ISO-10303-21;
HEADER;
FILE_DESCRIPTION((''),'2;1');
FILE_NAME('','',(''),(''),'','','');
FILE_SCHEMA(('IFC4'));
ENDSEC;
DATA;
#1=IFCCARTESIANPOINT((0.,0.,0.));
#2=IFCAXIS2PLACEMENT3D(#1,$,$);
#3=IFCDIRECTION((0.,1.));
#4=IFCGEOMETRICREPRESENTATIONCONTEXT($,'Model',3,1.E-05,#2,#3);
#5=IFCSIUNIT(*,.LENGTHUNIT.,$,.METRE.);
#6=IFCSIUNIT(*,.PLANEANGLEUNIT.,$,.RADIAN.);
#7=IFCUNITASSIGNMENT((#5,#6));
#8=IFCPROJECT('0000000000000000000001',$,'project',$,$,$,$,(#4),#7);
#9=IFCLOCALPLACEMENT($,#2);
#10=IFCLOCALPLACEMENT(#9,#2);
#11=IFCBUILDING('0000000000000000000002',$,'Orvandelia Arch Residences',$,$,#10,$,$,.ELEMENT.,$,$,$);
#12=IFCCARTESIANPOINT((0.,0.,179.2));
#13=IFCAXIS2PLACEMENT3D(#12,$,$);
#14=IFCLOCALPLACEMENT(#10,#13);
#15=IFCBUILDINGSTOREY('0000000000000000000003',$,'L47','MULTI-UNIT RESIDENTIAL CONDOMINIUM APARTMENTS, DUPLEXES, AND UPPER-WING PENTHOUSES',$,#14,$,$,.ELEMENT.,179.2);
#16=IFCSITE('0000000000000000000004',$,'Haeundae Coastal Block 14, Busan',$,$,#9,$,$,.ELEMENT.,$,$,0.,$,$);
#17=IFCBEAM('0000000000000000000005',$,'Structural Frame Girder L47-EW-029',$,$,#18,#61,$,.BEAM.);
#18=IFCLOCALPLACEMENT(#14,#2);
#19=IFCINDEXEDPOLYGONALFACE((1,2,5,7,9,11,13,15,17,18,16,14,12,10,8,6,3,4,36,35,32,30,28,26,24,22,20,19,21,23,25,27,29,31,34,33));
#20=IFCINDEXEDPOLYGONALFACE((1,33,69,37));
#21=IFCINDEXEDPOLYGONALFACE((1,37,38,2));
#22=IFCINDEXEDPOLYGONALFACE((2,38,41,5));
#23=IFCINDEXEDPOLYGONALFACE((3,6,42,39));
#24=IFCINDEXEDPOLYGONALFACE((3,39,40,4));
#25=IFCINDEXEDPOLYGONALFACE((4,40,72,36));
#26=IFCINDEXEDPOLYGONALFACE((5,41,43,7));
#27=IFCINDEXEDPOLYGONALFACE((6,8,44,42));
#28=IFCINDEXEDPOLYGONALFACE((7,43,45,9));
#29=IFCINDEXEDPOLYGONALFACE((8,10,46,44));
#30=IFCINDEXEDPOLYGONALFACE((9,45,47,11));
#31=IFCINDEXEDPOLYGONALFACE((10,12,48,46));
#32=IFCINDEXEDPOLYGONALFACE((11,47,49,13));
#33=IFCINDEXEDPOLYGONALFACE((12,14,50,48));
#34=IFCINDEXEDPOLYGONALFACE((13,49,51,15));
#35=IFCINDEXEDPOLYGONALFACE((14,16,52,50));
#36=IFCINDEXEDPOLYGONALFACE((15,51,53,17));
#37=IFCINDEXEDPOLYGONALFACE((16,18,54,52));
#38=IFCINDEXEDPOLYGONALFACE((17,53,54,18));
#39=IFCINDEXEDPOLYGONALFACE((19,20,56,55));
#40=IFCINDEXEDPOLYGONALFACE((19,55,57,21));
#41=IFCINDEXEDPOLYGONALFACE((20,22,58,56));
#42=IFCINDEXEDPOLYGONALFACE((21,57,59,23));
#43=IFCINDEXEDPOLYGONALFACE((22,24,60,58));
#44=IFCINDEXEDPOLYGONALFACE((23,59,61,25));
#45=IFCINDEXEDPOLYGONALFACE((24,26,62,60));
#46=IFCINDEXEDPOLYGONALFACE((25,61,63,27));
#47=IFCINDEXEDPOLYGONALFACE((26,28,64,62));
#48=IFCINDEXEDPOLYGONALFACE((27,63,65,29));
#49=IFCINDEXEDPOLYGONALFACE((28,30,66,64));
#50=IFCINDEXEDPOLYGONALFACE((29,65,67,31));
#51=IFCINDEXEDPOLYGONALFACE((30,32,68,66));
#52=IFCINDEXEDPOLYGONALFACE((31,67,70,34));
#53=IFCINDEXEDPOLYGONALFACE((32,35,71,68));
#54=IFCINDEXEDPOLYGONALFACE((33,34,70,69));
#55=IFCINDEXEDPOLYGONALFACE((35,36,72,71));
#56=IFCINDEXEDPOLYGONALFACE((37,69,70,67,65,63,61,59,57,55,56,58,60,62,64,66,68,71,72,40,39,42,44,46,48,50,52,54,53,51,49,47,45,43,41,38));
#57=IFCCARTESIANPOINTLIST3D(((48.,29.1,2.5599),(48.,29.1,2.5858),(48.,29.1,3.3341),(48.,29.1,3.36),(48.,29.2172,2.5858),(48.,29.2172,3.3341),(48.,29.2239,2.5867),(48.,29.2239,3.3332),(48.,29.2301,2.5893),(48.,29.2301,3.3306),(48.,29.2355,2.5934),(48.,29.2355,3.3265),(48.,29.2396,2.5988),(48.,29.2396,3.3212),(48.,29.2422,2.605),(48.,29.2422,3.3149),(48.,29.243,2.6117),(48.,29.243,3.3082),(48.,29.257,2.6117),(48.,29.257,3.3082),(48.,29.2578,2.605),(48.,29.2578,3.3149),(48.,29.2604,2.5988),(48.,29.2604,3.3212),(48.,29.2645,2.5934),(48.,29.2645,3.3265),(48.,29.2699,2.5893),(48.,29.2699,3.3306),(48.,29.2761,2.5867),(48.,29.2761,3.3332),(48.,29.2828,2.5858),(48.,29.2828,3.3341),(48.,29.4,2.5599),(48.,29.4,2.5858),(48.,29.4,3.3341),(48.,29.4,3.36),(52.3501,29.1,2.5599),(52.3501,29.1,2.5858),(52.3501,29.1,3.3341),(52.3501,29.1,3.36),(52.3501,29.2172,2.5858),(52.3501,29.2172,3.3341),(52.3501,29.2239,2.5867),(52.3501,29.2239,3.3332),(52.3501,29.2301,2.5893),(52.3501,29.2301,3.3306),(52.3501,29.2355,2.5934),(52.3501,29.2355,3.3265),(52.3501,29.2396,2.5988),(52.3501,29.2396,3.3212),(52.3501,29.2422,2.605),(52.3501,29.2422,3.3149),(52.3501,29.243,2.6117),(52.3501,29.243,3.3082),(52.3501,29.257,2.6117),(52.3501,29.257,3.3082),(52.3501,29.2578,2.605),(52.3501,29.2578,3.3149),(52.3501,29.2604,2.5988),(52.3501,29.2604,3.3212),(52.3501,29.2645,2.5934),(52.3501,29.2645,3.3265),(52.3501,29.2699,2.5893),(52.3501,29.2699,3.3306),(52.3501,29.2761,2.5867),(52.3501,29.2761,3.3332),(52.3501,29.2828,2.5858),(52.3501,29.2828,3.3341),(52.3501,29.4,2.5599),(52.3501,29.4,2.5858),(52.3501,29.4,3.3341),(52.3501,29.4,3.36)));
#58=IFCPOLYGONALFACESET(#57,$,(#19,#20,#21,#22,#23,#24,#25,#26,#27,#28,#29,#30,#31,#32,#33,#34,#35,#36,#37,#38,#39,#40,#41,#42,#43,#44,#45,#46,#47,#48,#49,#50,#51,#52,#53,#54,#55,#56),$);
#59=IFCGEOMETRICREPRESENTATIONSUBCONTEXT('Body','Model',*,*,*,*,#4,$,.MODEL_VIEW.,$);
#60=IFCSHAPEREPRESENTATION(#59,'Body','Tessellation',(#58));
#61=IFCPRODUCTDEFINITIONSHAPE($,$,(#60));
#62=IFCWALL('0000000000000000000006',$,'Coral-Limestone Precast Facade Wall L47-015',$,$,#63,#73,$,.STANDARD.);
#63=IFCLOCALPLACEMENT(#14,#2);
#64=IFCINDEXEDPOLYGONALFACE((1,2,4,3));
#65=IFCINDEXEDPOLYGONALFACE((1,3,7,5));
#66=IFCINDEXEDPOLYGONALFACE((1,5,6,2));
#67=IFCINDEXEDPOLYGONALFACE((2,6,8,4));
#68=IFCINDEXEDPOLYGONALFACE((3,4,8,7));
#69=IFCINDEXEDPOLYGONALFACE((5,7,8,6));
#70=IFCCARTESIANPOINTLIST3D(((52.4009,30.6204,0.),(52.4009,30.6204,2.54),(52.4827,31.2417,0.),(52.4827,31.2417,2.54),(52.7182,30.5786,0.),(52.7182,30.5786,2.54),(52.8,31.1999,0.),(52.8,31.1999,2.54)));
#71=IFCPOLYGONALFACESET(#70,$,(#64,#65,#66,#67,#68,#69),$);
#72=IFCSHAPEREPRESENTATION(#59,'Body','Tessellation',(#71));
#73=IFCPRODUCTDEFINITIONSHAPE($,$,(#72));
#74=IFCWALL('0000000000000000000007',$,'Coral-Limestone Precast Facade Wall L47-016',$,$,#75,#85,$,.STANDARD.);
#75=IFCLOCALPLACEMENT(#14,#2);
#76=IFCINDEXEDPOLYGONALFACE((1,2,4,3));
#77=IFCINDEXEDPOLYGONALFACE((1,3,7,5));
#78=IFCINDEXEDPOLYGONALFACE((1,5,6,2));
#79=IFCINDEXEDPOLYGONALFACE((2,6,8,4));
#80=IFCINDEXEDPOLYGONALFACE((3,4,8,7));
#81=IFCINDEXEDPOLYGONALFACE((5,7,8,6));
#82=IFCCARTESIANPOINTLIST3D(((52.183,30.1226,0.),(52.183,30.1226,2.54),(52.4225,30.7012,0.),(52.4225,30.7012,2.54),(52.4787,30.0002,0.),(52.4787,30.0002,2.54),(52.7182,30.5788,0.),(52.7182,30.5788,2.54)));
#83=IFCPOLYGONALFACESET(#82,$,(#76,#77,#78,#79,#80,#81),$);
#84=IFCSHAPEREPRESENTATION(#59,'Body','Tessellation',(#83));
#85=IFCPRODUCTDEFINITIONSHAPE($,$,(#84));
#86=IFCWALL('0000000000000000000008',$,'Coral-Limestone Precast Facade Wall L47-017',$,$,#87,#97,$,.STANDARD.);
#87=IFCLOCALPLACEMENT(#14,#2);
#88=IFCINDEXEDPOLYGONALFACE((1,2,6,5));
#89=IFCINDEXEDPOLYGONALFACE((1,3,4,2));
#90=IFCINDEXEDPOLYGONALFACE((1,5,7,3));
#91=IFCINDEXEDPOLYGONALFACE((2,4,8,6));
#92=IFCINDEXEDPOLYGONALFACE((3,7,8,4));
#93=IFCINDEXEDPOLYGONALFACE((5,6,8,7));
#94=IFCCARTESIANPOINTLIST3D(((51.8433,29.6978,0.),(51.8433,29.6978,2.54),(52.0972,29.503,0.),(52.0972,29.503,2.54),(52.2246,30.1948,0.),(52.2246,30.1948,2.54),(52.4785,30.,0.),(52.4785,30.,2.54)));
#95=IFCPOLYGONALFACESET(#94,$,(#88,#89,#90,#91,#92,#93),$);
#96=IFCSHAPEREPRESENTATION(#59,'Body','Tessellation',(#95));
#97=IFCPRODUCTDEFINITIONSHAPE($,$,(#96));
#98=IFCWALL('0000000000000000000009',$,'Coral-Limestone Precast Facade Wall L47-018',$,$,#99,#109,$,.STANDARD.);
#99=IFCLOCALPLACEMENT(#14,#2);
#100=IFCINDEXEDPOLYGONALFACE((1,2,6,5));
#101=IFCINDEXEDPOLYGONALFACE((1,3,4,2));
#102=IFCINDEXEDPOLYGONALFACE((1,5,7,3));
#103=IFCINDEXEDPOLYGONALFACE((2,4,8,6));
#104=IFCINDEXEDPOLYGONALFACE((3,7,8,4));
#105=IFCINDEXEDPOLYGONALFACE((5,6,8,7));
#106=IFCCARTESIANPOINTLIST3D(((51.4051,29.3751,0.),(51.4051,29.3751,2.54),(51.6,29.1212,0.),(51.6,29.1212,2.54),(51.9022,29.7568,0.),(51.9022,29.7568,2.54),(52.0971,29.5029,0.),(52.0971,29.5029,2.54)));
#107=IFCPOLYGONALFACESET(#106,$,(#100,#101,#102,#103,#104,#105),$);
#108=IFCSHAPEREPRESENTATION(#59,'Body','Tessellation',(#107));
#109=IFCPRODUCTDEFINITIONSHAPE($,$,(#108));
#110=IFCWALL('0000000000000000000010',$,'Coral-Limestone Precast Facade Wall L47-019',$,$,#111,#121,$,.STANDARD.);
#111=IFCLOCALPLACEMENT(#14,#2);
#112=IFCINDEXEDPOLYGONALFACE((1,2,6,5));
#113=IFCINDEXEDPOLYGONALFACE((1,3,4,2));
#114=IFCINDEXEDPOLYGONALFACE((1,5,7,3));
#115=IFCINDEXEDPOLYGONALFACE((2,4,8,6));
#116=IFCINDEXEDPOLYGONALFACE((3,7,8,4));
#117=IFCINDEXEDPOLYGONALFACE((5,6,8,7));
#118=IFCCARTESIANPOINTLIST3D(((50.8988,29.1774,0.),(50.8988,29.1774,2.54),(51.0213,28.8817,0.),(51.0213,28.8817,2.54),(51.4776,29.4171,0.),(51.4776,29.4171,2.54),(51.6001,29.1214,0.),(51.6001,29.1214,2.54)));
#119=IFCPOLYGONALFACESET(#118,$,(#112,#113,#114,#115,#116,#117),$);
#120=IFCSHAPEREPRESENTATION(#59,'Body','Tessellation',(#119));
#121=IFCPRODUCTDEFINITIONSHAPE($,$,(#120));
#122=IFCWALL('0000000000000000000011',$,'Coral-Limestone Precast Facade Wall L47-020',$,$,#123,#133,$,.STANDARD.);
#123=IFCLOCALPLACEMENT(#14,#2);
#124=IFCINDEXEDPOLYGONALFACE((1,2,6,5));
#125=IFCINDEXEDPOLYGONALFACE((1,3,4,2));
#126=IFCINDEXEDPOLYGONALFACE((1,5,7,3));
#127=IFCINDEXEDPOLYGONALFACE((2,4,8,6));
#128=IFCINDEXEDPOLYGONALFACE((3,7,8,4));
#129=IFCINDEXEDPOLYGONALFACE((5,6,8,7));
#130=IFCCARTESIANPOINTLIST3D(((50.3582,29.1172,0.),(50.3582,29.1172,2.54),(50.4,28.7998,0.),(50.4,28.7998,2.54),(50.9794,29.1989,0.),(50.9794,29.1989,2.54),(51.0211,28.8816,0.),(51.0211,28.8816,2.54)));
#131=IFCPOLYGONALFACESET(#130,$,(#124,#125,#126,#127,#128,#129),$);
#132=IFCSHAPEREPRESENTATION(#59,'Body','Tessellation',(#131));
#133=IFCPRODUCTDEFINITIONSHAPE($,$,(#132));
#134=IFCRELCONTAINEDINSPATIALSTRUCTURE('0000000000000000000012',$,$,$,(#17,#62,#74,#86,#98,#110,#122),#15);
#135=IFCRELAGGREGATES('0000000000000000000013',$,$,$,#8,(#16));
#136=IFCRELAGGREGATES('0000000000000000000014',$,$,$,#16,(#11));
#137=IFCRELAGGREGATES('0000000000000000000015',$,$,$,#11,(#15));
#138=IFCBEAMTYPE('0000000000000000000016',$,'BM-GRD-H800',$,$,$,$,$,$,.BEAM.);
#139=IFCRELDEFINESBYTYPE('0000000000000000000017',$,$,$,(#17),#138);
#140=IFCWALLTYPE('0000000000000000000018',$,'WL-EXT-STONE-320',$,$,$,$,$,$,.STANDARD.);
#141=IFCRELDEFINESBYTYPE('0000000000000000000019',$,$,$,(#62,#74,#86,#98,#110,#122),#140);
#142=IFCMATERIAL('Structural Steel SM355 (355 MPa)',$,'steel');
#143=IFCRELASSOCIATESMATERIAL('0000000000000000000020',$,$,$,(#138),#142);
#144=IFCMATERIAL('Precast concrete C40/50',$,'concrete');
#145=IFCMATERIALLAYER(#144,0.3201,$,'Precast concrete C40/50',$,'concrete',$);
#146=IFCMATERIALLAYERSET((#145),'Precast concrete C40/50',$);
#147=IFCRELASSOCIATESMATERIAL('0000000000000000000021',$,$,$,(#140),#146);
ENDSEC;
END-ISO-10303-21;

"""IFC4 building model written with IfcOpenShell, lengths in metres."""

from ifc_helpers import new_model, si_unit, direction, frame, frame_2d, origin, origin_2d, place, context, subcontext, project, spatial, rectangle, i_section, extrude, material, layer, layer_set, material_profile, profile_set, type_object, element, save


model = new_model("IFC4")

# Units and contexts
model_context = context("Model", 3, precision=1e-05, world=origin(), true_north=direction((0.0, 1.0)))
body_context = subcontext(model_context, "Body", "Model", "MODEL_VIEW")
ifc_project = project(units=[si_unit("LENGTHUNIT", "METRE"), si_unit("PLANEANGLEUNIT", "RADIAN")], contexts=[model_context])

# Site, building, storey
site_placement = place(None, origin())
site = spatial("IfcSite", under=ifc_project, at=site_placement, Name="Haeundae Coastal Block 14, Busan", CompositionType="ELEMENT", RefElevation=0.0)
building_placement = place(site_placement, origin())
building = spatial("IfcBuilding", under=site, at=building_placement, Name="Orvandelia Arch Residences", CompositionType="ELEMENT")
storey_placement = place(building_placement, frame((0.0, 0.0, 179.2)))
storey = spatial("IfcBuildingStorey", under=building, at=storey_placement, Name="L47", Description="MULTI-UNIT RESIDENTIAL CONDOMINIUM APARTMENTS, DUPLEXES, AND UPPER-WING PENTHOUSES", CompositionType="ELEMENT", Elevation=179.2)

# Beam
ifc_material_1 = material(Name="Structural Steel SM355 (355 MPa)", Category="steel")
ifc_material_profile_1 = material_profile(ifc_material_1, i_section(OverallWidth=0.3, OverallDepth=0.8, WebThickness=0.0139, FlangeThickness=0.0259, FilletRadius=0.0259, at=origin_2d()), Name="Structural Steel SM355 (355 MPa)", Category="steel")
ifc_profile_set_1 = profile_set([ifc_material_profile_1], Name="Structural Steel SM355 (355 MPa)")
beam_type = type_object("IfcBeamType", Name="BM-GRD-H800", PredefinedType="BEAM", material=ifc_profile_set_1)
beam_1_placement = place(storey_placement, frame((48.0, 29.25, 2.96), z_axis=(1.0, 0.0, 0.0), x_axis=(0.0, 1.0, 0.0)))
element("IfcBeam", 1, at=beam_1_placement, inside=storey, type_object=beam_type, Name="Structural Frame Girder L47-EW-029", PredefinedType="BEAM", context=body_context, shape_type="SweptSolid", body=[
    extrude(i_section(OverallWidth=0.3, OverallDepth=0.8, WebThickness=0.0139, FlangeThickness=0.0259, FilletRadius=0.0259, at=origin_2d()), origin(), (0.0, 0.0, 1.0), 4.3501),
])

# Walls
ifc_material_2 = material(Name="Precast concrete C40/50", Category="concrete")
ifc_layer_1 = layer(ifc_material_2, 0.3201, Name="Precast concrete C40/50", Category="concrete")
ifc_layer_set_1 = layer_set([ifc_layer_1], Name="Precast concrete C40/50")
wall_type_1 = type_object("IfcWallType", Name="WL-EXT-STONE-320", PredefinedType="STANDARD", material=ifc_layer_set_1)
wall_1_placement = place(storey_placement, frame((52.6414, 31.2209, 0.0), z_axis=(0.0, 0.0, 1.0), x_axis=(-0.130505, -0.991448, 0.0)))
element("IfcWall", 2, at=wall_1_placement, inside=storey, type_object=wall_type_1, Name="Coral-Limestone Precast Facade Wall L47-015", PredefinedType="STANDARD", context=body_context, shape_type="SweptSolid", body=[
    extrude(rectangle(XDim=0.6267, YDim=0.3201, at=frame_2d((0.3135, 0.0))), origin(), (0.0, 0.0, 1.0), 2.54),
])
wall_2_placement = place(storey_placement, frame((52.5703, 30.6399, 0.0), z_axis=(0.0, 0.0, 1.0), x_axis=(-0.382455, -0.923974, 0.0)))
element("IfcWall", 3, at=wall_2_placement, inside=storey, type_object=wall_type_1, Name="Coral-Limestone Precast Facade Wall L47-016", PredefinedType="STANDARD", context=body_context, shape_type="SweptSolid", body=[
    extrude(rectangle(XDim=0.6262, YDim=0.3201, at=frame_2d((0.313, 0.0))), origin(), (0.0, 0.0, 1.0), 2.54),
])
wall_3_placement = place(storey_placement, frame((52.3516, 30.0974, 0.0), z_axis=(0.0, 0.0, 1.0), x_axis=(-0.608693, -0.793406, 0.0)))
element("IfcWall", 4, at=wall_3_placement, inside=storey, type_object=wall_type_1, Name="Coral-Limestone Precast Facade Wall L47-017", PredefinedType="STANDARD", context=body_context, shape_type="SweptSolid", body=[
    extrude(rectangle(XDim=0.6265, YDim=0.3201, at=frame_2d((0.3132, 0.0))), origin(), (0.0, 0.0, 1.0), 2.54),
])
wall_4_placement = place(storey_placement, frame((51.9998, 29.6299, 0.0), z_axis=(0.0, 0.0, 1.0), x_axis=(-0.793217, -0.608939, 0.0)))
element("IfcWall", 5, at=wall_4_placement, inside=storey, type_object=wall_type_1, Name="Coral-Limestone Precast Facade Wall L47-018", PredefinedType="STANDARD", context=body_context, shape_type="SweptSolid", body=[
    extrude(rectangle(XDim=0.6267, YDim=0.3201, at=frame_2d((0.3135, 0.0))), origin(), (0.0, 0.0, 1.0), 2.54),
])
for number, where, z_axis, x_axis, name in (
    (6, (51.5388, 29.2693, 0.0), (0.0, 0.0, 1.0), (-0.923893, -0.38265, 0.0), "Coral-Limestone Precast Facade Wall L47-019"),
    (7, (51.0002, 29.0403, 0.0), (0.0, 0.0, 1.0), (-0.991441, -0.130555, 0.0), "Coral-Limestone Precast Facade Wall L47-020"),
):
    element("IfcWall", number, at=place(storey_placement, frame(where, z_axis=z_axis, x_axis=x_axis)), inside=storey, type_object=wall_type_1, Name=name, PredefinedType="STANDARD", context=body_context, shape_type="SweptSolid", body=[
        extrude(rectangle(XDim=0.6265, YDim=0.3201, at=frame_2d((0.3132, 0.0))), origin(), (0.0, 0.0, 1.0), 2.54),
    ])

save(model, "model.ifc")
